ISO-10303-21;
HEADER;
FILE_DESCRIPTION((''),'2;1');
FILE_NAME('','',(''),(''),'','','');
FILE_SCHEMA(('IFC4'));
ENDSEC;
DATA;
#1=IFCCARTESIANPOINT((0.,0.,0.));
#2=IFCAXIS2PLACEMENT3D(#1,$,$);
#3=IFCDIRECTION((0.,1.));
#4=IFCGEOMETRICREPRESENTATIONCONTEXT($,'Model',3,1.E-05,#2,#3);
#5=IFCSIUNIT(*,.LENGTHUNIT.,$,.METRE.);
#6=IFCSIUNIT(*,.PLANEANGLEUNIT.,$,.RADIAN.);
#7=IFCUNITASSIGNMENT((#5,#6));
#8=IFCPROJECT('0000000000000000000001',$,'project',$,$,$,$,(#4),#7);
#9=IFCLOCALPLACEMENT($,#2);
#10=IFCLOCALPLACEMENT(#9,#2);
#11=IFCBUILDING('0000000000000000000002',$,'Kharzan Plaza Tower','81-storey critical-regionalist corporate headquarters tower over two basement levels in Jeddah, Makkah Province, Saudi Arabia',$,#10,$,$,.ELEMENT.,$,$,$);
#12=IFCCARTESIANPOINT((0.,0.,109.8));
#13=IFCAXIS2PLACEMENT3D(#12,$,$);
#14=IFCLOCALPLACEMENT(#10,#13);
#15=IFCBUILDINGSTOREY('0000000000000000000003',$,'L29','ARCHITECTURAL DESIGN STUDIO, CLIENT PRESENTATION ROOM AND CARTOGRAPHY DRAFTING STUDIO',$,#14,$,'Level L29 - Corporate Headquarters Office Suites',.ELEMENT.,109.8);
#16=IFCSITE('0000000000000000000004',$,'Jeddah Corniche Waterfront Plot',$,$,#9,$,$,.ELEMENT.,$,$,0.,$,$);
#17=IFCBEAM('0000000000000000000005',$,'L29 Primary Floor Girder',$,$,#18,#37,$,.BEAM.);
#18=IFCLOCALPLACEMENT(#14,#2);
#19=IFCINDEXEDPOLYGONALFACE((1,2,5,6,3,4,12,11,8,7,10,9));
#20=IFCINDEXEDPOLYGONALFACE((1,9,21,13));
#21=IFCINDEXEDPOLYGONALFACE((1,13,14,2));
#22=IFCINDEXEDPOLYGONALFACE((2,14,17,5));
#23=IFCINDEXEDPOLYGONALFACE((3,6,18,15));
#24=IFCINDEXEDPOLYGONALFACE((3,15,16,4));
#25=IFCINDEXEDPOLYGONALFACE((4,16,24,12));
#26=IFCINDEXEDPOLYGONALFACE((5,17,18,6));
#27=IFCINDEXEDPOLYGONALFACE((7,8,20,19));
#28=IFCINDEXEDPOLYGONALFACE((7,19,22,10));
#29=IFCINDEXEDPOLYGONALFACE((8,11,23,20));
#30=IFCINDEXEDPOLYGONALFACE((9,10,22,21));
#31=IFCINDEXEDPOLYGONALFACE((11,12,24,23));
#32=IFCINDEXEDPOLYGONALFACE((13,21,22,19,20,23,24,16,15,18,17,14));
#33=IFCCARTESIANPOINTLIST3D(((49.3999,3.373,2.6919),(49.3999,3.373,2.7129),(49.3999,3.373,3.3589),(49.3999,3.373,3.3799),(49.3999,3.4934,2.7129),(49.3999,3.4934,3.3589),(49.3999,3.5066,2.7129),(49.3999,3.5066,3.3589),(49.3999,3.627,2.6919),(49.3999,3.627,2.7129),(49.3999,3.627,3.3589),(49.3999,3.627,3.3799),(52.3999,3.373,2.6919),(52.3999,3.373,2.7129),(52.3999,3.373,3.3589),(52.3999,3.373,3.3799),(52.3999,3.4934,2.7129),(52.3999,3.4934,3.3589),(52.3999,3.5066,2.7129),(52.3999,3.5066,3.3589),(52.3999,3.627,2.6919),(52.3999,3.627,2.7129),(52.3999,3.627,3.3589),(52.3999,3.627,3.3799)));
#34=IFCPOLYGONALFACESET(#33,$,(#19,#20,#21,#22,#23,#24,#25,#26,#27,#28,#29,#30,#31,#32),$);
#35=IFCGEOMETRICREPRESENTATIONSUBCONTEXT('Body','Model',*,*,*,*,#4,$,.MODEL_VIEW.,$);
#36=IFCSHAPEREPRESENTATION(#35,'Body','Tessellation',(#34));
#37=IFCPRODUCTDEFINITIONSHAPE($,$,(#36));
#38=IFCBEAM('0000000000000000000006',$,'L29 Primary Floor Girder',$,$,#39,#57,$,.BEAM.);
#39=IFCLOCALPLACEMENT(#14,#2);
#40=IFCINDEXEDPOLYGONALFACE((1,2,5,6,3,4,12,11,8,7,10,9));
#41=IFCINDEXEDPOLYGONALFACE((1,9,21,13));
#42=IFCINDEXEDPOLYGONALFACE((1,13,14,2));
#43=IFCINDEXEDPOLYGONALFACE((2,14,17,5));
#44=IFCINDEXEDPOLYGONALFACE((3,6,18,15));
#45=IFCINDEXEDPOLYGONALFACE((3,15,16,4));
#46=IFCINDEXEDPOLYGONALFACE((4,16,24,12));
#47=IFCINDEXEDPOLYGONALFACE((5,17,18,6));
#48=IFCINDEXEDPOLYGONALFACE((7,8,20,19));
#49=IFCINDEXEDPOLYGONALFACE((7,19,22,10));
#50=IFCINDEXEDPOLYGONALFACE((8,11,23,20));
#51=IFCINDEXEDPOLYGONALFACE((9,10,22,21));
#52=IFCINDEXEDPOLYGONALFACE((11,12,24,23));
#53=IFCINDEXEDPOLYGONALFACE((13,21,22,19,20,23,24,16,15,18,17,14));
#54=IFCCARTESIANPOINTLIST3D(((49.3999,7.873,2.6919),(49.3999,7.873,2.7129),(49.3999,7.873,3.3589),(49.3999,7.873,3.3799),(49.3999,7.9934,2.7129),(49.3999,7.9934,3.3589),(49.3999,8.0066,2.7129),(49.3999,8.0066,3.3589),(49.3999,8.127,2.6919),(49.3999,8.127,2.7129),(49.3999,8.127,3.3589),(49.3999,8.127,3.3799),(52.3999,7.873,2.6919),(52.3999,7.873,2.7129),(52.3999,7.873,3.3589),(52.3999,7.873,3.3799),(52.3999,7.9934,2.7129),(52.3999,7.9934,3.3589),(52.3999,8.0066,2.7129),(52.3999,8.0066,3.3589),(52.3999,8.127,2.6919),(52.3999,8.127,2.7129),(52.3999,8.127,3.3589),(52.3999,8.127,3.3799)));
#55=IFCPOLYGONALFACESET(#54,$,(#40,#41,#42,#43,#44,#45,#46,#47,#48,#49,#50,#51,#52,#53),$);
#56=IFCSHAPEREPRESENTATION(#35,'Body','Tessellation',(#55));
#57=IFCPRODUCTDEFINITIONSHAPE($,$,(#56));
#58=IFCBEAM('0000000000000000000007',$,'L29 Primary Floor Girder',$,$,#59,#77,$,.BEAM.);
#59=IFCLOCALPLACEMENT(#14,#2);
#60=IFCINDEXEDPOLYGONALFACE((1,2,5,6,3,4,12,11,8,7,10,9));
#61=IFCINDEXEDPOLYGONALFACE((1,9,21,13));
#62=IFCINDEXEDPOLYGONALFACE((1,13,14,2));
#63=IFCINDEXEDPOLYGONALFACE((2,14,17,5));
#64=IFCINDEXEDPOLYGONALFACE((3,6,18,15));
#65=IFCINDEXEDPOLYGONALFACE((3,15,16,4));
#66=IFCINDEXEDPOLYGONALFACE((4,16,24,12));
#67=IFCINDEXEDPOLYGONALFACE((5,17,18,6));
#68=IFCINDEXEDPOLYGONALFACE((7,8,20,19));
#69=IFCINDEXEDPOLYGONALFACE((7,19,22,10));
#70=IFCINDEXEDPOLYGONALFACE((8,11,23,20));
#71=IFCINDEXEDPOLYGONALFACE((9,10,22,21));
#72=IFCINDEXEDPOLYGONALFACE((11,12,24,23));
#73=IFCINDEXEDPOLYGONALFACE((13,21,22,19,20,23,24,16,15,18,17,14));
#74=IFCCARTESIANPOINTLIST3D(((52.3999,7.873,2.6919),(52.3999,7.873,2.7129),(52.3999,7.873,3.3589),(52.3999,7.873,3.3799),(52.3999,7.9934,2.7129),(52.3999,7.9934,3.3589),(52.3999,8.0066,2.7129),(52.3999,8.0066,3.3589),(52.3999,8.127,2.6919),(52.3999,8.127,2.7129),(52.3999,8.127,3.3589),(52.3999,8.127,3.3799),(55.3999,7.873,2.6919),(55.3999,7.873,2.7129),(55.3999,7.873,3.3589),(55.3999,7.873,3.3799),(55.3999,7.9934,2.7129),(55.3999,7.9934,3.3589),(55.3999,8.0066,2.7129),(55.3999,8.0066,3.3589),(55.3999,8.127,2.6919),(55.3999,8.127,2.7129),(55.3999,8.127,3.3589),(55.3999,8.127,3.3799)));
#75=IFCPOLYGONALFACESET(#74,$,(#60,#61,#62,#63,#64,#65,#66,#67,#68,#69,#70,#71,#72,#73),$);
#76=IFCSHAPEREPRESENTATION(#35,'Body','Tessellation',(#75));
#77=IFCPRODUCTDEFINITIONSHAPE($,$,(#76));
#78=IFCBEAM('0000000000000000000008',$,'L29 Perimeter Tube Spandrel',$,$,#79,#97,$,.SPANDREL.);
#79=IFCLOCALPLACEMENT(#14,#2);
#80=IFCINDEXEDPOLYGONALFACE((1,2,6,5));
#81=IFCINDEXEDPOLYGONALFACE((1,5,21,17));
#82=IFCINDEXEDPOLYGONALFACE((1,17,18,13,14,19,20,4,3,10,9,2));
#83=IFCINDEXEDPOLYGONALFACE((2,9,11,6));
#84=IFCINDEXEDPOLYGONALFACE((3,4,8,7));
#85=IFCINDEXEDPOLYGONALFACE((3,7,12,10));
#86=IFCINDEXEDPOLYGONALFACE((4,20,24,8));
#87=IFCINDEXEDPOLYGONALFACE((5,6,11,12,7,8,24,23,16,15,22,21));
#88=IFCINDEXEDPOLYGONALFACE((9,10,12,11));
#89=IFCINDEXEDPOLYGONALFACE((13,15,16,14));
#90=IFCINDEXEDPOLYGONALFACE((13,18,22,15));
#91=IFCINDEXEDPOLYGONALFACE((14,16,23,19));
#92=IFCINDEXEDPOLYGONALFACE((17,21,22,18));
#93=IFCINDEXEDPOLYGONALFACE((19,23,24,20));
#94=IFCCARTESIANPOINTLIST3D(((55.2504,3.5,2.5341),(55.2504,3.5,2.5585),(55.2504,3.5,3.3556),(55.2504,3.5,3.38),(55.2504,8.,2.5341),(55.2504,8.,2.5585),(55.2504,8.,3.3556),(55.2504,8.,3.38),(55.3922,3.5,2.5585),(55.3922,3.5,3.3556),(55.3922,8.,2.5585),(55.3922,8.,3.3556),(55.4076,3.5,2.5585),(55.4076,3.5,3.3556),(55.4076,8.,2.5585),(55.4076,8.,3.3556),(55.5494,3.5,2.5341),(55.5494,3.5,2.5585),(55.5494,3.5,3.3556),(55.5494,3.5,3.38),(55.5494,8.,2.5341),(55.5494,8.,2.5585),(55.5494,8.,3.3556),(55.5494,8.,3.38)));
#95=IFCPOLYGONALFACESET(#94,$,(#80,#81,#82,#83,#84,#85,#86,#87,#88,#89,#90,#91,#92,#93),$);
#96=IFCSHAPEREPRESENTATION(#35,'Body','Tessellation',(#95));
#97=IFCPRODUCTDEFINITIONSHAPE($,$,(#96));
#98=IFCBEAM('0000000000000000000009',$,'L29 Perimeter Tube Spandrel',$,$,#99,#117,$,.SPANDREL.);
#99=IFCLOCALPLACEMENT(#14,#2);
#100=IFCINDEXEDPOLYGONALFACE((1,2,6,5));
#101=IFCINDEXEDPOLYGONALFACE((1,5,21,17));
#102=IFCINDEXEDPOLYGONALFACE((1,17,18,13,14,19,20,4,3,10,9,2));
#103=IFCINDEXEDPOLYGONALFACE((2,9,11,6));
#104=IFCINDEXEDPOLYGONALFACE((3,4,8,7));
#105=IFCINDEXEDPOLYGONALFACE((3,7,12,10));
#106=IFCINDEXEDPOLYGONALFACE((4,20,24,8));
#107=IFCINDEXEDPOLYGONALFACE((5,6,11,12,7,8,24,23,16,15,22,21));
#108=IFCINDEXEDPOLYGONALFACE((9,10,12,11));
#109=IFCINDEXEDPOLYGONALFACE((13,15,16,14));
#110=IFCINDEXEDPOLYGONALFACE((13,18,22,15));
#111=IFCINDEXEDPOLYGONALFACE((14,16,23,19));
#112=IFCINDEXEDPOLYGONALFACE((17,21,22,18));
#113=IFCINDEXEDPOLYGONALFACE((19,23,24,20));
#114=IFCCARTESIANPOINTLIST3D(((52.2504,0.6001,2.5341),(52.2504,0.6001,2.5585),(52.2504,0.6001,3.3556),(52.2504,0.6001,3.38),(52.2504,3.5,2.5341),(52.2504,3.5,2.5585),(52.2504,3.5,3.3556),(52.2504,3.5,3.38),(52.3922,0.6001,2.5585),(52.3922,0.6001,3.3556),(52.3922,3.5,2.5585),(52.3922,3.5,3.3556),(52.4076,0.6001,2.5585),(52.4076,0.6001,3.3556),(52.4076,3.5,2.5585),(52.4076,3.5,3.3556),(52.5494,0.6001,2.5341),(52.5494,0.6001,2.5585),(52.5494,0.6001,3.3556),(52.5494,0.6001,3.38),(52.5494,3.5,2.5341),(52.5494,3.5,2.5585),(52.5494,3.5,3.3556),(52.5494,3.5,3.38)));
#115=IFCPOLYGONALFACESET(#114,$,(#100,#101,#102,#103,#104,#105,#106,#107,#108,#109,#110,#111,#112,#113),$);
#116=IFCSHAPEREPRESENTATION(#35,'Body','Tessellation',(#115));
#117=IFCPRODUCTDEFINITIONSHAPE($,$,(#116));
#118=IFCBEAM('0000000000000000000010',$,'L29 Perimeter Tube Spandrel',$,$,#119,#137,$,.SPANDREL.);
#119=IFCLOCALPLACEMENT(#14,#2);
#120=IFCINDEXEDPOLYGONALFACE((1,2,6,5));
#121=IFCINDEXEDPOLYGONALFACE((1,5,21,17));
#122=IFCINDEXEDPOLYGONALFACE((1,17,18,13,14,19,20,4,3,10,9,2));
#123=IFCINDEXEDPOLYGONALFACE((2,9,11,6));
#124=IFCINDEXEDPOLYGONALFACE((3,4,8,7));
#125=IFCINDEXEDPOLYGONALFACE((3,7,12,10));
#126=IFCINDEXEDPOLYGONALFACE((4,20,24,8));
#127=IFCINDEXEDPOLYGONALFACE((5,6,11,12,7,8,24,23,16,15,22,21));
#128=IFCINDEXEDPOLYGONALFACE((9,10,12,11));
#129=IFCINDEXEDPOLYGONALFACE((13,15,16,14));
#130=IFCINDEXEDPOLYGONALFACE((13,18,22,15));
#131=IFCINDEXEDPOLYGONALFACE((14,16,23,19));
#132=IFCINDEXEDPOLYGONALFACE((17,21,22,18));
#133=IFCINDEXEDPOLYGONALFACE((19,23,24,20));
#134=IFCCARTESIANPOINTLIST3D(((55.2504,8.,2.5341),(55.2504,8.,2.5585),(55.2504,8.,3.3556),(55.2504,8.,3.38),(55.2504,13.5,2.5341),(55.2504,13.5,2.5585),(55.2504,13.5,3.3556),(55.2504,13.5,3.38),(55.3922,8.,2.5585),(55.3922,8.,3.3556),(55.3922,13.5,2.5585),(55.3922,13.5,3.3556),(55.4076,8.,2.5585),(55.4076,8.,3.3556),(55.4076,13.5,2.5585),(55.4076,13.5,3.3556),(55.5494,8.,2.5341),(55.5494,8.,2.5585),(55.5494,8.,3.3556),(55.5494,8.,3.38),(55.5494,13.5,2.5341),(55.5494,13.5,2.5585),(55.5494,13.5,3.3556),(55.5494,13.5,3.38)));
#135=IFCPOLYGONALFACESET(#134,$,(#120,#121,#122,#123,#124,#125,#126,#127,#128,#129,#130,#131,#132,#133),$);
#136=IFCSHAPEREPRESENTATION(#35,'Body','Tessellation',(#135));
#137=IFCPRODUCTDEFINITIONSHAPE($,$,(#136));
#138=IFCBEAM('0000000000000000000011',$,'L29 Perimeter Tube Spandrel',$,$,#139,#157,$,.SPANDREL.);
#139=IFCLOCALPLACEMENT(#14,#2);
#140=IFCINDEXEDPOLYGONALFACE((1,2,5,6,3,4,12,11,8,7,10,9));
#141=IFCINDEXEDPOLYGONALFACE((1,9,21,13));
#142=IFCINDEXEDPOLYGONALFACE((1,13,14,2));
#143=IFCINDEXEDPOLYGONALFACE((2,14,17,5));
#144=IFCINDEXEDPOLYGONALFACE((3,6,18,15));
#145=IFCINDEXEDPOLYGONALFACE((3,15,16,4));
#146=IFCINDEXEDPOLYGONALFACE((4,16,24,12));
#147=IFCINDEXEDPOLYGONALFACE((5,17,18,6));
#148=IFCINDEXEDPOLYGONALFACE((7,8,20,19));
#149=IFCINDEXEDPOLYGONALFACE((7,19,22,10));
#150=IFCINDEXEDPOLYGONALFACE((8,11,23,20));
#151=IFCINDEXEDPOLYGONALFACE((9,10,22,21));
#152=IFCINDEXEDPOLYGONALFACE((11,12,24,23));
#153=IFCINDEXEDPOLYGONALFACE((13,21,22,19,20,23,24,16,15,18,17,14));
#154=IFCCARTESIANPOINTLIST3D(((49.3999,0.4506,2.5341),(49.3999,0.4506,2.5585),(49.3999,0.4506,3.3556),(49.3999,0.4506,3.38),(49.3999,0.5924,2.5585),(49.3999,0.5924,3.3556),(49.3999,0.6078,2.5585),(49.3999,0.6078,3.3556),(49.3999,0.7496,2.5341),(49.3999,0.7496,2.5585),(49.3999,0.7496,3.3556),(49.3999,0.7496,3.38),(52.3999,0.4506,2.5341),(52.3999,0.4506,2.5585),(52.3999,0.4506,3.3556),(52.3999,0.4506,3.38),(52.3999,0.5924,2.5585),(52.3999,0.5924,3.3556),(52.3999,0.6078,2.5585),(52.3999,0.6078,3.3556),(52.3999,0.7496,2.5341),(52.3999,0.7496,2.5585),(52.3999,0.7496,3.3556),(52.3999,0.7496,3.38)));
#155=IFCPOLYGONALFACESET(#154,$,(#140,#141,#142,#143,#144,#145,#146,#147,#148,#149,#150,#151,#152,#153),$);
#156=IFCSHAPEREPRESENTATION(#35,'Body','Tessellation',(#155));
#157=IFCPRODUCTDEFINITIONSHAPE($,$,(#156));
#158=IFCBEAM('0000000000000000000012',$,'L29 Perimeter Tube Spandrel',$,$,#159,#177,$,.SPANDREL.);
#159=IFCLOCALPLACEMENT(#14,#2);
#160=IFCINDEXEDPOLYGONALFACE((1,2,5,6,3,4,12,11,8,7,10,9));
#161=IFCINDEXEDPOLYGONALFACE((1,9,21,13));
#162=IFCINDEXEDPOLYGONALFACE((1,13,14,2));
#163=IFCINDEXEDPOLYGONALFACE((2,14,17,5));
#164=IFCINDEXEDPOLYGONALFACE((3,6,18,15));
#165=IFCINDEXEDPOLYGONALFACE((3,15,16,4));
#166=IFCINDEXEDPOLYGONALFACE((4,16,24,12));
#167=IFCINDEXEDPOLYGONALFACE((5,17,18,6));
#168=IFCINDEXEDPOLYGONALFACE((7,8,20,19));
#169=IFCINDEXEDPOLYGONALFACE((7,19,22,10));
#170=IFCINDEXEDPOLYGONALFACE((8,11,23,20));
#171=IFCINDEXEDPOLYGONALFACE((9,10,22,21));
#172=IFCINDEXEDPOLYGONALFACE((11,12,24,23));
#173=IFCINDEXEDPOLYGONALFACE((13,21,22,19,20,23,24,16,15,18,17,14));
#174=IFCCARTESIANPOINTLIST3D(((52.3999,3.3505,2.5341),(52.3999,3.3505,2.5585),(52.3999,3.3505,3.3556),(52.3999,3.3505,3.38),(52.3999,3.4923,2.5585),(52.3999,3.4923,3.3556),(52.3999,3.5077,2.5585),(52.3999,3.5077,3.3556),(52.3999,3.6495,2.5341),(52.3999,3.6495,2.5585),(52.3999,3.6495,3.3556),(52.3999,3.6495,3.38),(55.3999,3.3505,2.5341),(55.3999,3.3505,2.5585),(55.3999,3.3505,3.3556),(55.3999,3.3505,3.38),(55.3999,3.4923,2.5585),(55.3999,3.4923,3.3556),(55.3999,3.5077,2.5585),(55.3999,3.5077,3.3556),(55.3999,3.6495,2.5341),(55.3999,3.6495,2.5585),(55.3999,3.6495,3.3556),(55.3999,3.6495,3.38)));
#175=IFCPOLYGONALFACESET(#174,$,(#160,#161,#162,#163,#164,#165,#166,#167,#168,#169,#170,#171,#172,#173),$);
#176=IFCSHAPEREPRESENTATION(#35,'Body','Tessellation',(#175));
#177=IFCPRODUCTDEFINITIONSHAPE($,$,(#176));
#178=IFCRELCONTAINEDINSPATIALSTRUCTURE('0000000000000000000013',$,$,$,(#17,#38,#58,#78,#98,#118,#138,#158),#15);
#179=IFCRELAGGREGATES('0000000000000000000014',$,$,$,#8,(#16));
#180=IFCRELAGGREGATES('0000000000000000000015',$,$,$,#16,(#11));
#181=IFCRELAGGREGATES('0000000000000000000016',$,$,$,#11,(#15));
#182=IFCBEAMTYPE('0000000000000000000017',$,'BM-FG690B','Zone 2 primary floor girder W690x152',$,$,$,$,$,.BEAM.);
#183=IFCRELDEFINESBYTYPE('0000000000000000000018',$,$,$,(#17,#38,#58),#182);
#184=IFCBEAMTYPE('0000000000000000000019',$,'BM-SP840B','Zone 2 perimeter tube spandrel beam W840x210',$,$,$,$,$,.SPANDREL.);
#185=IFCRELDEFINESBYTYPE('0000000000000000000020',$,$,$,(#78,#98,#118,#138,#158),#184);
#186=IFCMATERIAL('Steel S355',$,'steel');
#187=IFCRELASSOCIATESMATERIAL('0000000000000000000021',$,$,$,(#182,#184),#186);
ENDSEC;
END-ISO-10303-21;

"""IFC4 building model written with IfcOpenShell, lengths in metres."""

from ifc_helpers import new_model, si_unit, direction, frame, origin, origin_2d, place, context, subcontext, project, spatial, i_section, extrude, source, transform, mapped, material, material_profile, profile_set, type_object, element, save


model = new_model("IFC4")

# Units and contexts
model_context = context("Model", 3, precision=1e-05, world=origin(), true_north=direction((0.0, 1.0)))
body_context = subcontext(model_context, "Body", "Model", "MODEL_VIEW")
ifc_project = project(units=[si_unit("LENGTHUNIT", "METRE"), si_unit("PLANEANGLEUNIT", "RADIAN")], contexts=[model_context])

# Site, building, storey
site_placement = place(None, origin())
site = spatial("IfcSite", under=ifc_project, at=site_placement, Name="Jeddah Corniche Waterfront Plot", CompositionType="ELEMENT", RefElevation=0.0)
building_placement = place(site_placement, origin())
building = spatial("IfcBuilding", under=site, at=building_placement, Name="Kharzan Plaza Tower", Description="81-storey critical-regionalist corporate headquarters tower over two basement levels in Jeddah, Makkah Province, Saudi Arabia", CompositionType="ELEMENT")
storey_placement = place(building_placement, frame((0.0, 0.0, 109.8)))
storey = spatial("IfcBuildingStorey", under=building, at=storey_placement, Name="L29", Description="ARCHITECTURAL DESIGN STUDIO, CLIENT PRESENTATION ROOM AND CARTOGRAPHY DRAFTING STUDIO", LongName="Level L29 - Corporate Headquarters Office Suites", CompositionType="ELEMENT", Elevation=109.8)

# Beams
ifc_material_1 = material(Name="Steel S355", Category="steel")
ifc_material_profile_1 = material_profile(ifc_material_1, i_section(OverallWidth=0.2539, OverallDepth=0.688, WebThickness=0.0132, FlangeThickness=0.021, at=origin_2d()), Name="W690x152")
ifc_profile_set_1 = profile_set([ifc_material_profile_1], Name="Steel S355")
beam_type_1 = type_object("IfcBeamType", Name="BM-FG690B", Description="Zone 2 primary floor girder W690x152", PredefinedType="BEAM", material=ifc_profile_set_1)
shared_shape_1 = source(origin(), body_context, "Body", "SweptSolid", [
    extrude(i_section(OverallWidth=0.2539, OverallDepth=0.688, WebThickness=0.0132, FlangeThickness=0.021, at=origin_2d()), origin(), (0.0, 0.0, 1.0), 3.0),
])
for number, where, z_axis, x_axis, name in (
    (1, (49.3999, 3.5, 3.0359), (1.0, 0.0, 0.0), (0.0, 1.0, 0.0), "L29 Primary Floor Girder"),
    (2, (49.3999, 8.0, 3.0359), (1.0, 0.0, 0.0), (0.0, 1.0, 0.0), "L29 Primary Floor Girder"),
    (3, (52.3999, 8.0, 3.0359), (1.0, 0.0, 0.0), (0.0, 1.0, 0.0), "L29 Primary Floor Girder"),
):
    element("IfcBeam", number, at=place(storey_placement, frame(where, z_axis=z_axis, x_axis=x_axis)), inside=storey, type_object=beam_type_1, Name=name, PredefinedType="BEAM", context=body_context, shape_type="MappedRepresentation", body=[
        mapped(shared_shape_1, transform((0.0, 0.0, 0.0), x_axis=(1.0, 0.0, 0.0), y_axis=(0.0, 1.0, 0.0), z_axis=(0.0, 0.0, 1.0))),
    ])
ifc_material_profile_2 = material_profile(ifc_material_1, i_section(OverallWidth=0.2991, OverallDepth=0.8459, WebThickness=0.0154, FlangeThickness=0.0244, at=origin_2d()), Name="W840x210")
ifc_profile_set_2 = profile_set([ifc_material_profile_2], Name="Steel S355")
beam_type_2 = type_object("IfcBeamType", Name="BM-SP840B", Description="Zone 2 perimeter tube spandrel beam W840x210", PredefinedType="SPANDREL", material=ifc_profile_set_2)
shared_shape_2 = source(origin(), body_context, "Body", "SweptSolid", [
    extrude(i_section(OverallWidth=0.2991, OverallDepth=0.8459, WebThickness=0.0154, FlangeThickness=0.0244, at=origin_2d()), origin(), (0.0, 0.0, 1.0), 4.5),
])
beam_1_placement = place(storey_placement, frame((55.3999, 3.5, 2.957), z_axis=(0.0, 1.0, 0.0), x_axis=(-1.0, 0.0, 0.0)))
element("IfcBeam", 4, at=beam_1_placement, inside=storey, type_object=beam_type_2, Name="L29 Perimeter Tube Spandrel", PredefinedType="SPANDREL", context=body_context, shape_type="MappedRepresentation", body=[
    mapped(shared_shape_2, transform((0.0, 0.0, 0.0), x_axis=(1.0, 0.0, 0.0), y_axis=(0.0, 1.0, 0.0), z_axis=(0.0, 0.0, 1.0))),
])
shared_shape_3 = source(origin(), body_context, "Body", "SweptSolid", [
    extrude(i_section(OverallWidth=0.2991, OverallDepth=0.8459, WebThickness=0.0154, FlangeThickness=0.0244, at=origin_2d()), origin(), (0.0, 0.0, 1.0), 2.8999),
])
beam_2_placement = place(storey_placement, frame((52.3999, 0.6001, 2.957), z_axis=(0.0, 1.0, 0.0), x_axis=(-1.0, 0.0, 0.0)))
element("IfcBeam", 5, at=beam_2_placement, inside=storey, type_object=beam_type_2, Name="L29 Perimeter Tube Spandrel", PredefinedType="SPANDREL", context=body_context, shape_type="MappedRepresentation", body=[
    mapped(shared_shape_3, transform((0.0, 0.0, 0.0), x_axis=(1.0, 0.0, 0.0), y_axis=(0.0, 1.0, 0.0), z_axis=(0.0, 0.0, 1.0))),
])
shared_shape_4 = source(origin(), body_context, "Body", "SweptSolid", [
    extrude(i_section(OverallWidth=0.2991, OverallDepth=0.8459, WebThickness=0.0154, FlangeThickness=0.0244, at=origin_2d()), origin(), (0.0, 0.0, 1.0), 5.5),
])
beam_3_placement = place(storey_placement, frame((55.3999, 8.0, 2.957), z_axis=(0.0, 1.0, 0.0), x_axis=(-1.0, 0.0, 0.0)))
element("IfcBeam", 6, at=beam_3_placement, inside=storey, type_object=beam_type_2, Name="L29 Perimeter Tube Spandrel", PredefinedType="SPANDREL", context=body_context, shape_type="MappedRepresentation", body=[
    mapped(shared_shape_4, transform((0.0, 0.0, 0.0), x_axis=(1.0, 0.0, 0.0), y_axis=(0.0, 1.0, 0.0), z_axis=(0.0, 0.0, 1.0))),
])
shared_shape_5 = source(origin(), body_context, "Body", "SweptSolid", [
    extrude(i_section(OverallWidth=0.2991, OverallDepth=0.8459, WebThickness=0.0154, FlangeThickness=0.0244, at=origin_2d()), origin(), (0.0, 0.0, 1.0), 3.0),
])
for number, where, z_axis, x_axis, name in (
    (7, (49.3999, 0.6001, 2.957), (1.0, 0.0, 0.0), (0.0, 1.0, 0.0), "L29 Perimeter Tube Spandrel"),
    (8, (52.3999, 3.5, 2.957), (1.0, 0.0, 0.0), (0.0, 1.0, 0.0), "L29 Perimeter Tube Spandrel"),
):
    element("IfcBeam", number, at=place(storey_placement, frame(where, z_axis=z_axis, x_axis=x_axis)), inside=storey, type_object=beam_type_2, Name=name, PredefinedType="SPANDREL", context=body_context, shape_type="MappedRepresentation", body=[
        mapped(shared_shape_5, transform((0.0, 0.0, 0.0), x_axis=(1.0, 0.0, 0.0), y_axis=(0.0, 1.0, 0.0), z_axis=(0.0, 0.0, 1.0))),
    ])

save(model, "model.ifc")
